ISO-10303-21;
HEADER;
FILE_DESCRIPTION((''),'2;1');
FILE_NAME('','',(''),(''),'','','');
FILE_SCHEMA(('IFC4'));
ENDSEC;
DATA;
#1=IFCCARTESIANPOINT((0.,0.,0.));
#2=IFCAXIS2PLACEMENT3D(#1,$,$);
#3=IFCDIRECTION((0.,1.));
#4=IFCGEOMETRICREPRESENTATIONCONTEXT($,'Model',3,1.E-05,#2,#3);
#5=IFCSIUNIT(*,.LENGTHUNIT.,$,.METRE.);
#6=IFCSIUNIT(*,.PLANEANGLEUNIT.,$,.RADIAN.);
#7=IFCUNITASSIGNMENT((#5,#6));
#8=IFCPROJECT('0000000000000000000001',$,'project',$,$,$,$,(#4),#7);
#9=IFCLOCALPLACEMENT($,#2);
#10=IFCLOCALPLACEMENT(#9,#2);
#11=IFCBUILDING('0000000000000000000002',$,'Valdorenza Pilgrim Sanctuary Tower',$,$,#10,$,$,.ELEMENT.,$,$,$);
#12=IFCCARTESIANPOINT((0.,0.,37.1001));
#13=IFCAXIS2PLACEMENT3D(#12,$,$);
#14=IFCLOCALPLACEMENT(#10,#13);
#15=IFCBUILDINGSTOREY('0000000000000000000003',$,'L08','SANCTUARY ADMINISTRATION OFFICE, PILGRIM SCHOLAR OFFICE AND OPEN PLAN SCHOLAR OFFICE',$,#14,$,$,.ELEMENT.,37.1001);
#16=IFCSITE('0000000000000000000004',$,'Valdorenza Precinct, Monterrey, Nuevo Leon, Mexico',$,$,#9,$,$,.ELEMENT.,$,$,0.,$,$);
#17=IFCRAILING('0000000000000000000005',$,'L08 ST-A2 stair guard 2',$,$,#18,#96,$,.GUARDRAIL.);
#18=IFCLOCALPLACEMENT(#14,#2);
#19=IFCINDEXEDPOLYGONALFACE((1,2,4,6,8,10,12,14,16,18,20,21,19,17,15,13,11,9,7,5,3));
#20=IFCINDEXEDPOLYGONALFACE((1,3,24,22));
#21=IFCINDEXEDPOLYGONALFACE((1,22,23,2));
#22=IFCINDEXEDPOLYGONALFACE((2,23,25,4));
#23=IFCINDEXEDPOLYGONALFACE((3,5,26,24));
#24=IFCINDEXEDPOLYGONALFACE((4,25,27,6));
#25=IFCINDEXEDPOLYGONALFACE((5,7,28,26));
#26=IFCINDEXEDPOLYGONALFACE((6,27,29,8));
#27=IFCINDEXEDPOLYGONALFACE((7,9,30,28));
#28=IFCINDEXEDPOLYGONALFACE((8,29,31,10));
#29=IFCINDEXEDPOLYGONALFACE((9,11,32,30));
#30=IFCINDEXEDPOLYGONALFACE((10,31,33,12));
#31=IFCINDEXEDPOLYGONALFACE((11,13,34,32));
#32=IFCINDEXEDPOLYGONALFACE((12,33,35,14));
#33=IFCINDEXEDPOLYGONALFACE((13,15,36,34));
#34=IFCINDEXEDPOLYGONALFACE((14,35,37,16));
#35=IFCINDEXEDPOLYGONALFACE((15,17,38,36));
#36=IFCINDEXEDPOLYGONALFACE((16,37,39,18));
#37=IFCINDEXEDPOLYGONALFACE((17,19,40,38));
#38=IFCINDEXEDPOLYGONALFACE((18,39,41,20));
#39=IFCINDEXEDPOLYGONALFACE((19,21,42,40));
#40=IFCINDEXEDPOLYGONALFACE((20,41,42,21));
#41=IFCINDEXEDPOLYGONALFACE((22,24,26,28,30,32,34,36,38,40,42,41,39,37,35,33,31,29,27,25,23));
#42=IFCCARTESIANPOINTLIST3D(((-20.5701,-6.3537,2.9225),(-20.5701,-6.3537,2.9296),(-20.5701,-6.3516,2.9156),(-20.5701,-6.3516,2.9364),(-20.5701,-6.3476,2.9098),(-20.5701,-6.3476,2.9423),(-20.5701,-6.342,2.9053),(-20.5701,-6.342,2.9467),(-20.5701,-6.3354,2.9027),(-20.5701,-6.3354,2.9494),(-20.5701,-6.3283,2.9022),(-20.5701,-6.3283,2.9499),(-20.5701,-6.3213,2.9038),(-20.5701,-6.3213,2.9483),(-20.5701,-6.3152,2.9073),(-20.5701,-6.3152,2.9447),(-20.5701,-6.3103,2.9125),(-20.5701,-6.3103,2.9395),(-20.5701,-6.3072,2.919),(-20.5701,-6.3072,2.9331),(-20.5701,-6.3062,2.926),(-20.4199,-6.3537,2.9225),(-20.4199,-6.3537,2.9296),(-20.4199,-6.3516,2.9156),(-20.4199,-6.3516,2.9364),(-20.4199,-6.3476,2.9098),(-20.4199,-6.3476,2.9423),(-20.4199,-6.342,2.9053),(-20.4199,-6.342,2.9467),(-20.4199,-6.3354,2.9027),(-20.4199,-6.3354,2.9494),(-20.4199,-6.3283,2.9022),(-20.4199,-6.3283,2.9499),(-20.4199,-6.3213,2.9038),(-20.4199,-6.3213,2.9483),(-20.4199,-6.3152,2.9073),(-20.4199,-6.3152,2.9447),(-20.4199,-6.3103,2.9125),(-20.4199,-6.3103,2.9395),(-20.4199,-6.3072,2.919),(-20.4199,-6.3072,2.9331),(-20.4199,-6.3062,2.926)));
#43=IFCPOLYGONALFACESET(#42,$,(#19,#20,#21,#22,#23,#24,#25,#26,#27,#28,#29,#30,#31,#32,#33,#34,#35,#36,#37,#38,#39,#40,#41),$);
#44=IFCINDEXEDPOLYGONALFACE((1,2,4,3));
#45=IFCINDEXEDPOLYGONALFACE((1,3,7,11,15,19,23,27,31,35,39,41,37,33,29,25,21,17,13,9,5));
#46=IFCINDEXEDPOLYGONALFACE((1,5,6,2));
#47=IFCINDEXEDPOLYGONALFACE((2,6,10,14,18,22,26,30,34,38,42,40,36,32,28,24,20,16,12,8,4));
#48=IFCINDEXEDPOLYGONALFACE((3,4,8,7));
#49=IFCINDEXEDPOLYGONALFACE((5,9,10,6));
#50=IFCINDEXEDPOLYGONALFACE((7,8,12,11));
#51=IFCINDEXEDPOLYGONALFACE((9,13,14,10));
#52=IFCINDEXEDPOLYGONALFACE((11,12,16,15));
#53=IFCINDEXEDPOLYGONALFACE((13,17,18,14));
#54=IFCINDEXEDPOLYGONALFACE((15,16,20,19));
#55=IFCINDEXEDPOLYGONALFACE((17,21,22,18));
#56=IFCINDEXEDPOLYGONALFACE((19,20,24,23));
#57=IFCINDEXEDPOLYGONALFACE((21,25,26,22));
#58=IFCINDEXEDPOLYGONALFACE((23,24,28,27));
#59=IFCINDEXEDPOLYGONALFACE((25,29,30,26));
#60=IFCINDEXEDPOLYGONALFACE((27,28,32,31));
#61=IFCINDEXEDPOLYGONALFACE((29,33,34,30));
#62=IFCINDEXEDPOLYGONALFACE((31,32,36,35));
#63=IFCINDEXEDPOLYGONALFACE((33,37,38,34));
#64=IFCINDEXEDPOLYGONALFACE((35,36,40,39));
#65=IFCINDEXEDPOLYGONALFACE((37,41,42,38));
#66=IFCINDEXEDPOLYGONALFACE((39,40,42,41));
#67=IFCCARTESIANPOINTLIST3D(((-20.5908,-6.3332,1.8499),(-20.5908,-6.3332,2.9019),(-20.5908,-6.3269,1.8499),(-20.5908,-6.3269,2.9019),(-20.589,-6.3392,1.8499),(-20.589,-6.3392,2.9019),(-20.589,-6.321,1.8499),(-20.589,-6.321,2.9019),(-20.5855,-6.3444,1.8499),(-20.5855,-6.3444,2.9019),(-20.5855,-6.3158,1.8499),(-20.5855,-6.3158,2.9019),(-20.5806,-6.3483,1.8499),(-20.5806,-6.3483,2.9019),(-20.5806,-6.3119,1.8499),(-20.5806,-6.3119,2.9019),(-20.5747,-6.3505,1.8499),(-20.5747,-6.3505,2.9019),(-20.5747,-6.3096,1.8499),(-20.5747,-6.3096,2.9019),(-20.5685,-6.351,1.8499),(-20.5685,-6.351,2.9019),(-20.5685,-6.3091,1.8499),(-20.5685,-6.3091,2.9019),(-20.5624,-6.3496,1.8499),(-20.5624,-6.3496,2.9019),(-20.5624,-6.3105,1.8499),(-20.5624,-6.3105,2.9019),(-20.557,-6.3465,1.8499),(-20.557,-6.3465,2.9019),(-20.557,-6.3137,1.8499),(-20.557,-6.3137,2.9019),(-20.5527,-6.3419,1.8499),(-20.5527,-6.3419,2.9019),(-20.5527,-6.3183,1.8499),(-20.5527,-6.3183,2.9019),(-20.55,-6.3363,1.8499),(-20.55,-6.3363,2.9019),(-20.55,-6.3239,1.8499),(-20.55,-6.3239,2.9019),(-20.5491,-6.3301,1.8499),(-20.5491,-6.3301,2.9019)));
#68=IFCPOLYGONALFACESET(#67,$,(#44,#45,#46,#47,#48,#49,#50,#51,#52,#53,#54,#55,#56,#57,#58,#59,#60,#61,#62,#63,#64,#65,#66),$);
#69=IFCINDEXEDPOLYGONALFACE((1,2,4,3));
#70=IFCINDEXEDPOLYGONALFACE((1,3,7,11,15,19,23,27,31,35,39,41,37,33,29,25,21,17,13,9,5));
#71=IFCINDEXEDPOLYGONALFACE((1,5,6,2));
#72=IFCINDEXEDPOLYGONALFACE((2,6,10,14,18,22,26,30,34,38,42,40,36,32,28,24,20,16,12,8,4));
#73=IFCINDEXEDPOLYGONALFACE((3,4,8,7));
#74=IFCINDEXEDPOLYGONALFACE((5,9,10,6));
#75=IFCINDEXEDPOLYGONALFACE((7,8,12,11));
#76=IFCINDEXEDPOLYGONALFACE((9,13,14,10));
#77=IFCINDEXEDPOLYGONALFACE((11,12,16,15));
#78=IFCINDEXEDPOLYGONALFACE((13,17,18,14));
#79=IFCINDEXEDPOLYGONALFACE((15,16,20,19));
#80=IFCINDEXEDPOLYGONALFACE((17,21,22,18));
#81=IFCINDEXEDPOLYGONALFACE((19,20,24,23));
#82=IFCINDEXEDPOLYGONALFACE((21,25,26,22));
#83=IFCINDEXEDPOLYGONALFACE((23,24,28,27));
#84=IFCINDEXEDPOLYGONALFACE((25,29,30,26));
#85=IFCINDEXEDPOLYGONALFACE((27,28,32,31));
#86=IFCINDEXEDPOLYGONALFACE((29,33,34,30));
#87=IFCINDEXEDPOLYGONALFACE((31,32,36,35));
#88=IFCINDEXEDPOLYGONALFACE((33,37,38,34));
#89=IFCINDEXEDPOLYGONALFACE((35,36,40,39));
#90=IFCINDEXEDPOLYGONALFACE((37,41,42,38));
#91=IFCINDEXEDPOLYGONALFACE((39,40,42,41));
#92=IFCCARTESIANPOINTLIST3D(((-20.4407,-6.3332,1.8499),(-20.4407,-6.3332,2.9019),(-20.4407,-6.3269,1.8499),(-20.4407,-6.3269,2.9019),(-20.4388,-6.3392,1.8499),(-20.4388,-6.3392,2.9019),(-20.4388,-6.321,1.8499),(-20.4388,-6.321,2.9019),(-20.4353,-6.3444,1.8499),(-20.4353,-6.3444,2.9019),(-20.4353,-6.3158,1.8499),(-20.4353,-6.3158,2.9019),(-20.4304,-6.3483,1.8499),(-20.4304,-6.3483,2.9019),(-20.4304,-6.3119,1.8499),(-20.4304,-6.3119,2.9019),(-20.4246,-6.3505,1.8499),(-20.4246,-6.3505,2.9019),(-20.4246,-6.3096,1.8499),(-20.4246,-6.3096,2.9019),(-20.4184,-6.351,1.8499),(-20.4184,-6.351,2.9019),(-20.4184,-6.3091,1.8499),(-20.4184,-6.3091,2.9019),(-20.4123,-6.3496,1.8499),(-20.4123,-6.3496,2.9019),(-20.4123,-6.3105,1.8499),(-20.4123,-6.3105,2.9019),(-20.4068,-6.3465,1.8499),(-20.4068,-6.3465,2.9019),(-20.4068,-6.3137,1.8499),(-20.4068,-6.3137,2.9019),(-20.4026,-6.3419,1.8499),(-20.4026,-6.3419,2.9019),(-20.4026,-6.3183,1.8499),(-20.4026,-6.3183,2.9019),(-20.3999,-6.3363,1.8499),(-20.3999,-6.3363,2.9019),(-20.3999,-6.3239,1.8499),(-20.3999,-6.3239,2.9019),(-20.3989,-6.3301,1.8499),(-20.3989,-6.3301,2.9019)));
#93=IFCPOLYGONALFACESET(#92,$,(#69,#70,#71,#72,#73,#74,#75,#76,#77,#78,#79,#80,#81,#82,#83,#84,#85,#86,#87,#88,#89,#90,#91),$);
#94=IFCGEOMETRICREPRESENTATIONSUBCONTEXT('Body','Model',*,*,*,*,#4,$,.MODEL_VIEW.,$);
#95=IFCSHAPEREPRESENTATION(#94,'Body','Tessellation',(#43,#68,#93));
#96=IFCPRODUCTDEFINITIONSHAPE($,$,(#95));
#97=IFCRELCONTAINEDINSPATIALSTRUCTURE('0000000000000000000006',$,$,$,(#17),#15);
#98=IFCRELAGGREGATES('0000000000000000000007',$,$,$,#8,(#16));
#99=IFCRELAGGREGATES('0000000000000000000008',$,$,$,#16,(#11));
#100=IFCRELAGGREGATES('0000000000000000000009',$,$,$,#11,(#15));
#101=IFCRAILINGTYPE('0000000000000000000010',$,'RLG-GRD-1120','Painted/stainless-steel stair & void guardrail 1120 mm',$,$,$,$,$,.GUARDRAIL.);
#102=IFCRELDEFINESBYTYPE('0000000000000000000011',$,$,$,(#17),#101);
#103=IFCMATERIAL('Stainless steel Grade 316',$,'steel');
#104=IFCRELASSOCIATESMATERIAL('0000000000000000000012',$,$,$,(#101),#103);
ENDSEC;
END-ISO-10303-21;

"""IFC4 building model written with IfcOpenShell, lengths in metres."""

from ifc_helpers import new_model, si_unit, direction, frame, origin, origin_2d, place, context, subcontext, project, spatial, circle, extrude, material, type_object, element, save


model = new_model("IFC4")

# Units and contexts
model_context = context("Model", 3, precision=1e-05, world=origin(), true_north=direction((0.0, 1.0)))
body_context = subcontext(model_context, "Body", "Model", "MODEL_VIEW")
ifc_project = project(units=[si_unit("LENGTHUNIT", "METRE"), si_unit("PLANEANGLEUNIT", "RADIAN")], contexts=[model_context])

# Site, building, storey
site_placement = place(None, origin())
site = spatial("IfcSite", under=ifc_project, at=site_placement, Name="Valdorenza Precinct, Monterrey, Nuevo Leon, Mexico", CompositionType="ELEMENT", RefElevation=0.0)
building_placement = place(site_placement, origin())
building = spatial("IfcBuilding", under=site, at=building_placement, Name="Valdorenza Pilgrim Sanctuary Tower", CompositionType="ELEMENT")
storey_placement = place(building_placement, frame((0.0, 0.0, 37.1001)))
storey = spatial("IfcBuildingStorey", under=building, at=storey_placement, Name="L08", Description="SANCTUARY ADMINISTRATION OFFICE, PILGRIM SCHOLAR OFFICE AND OPEN PLAN SCHOLAR OFFICE", CompositionType="ELEMENT", Elevation=37.1001)

# Railing
ifc_material_1 = material(Name="Stainless steel Grade 316", Category="steel")
railing_type_1 = type_object("IfcRailingType", Name="RLG-GRD-1120", Description="Painted/stainless-steel stair & void guardrail 1120 mm", PredefinedType="GUARDRAIL", material=ifc_material_1)
railing_1_placement = place(storey_placement, frame((-20.5701, -6.3301, 1.8499)))
element("IfcRailing", 1, at=railing_1_placement, inside=storey, type_object=railing_type_1, Name="L08 ST-A2 stair guard 2", PredefinedType="GUARDRAIL", context=body_context, shape_type="SweptSolid", body=[
    extrude(circle(Radius=0.0239, at=origin_2d()), frame((0.0, 0.0, 1.0762), z_axis=(1.0, 0.0, 0.0), x_axis=(0.0, 1.0, 0.0)), (0.0, 0.0, 1.0), 0.1501),
    extrude(circle(Radius=0.021, at=origin_2d()), origin(), (0.0, 0.0, 1.0), 1.052),
    extrude(circle(Radius=0.021, at=origin_2d()), frame((0.1501, 0.0, 0.0)), (0.0, 0.0, 1.0), 1.052),
])

save(model, "model.ifc")
